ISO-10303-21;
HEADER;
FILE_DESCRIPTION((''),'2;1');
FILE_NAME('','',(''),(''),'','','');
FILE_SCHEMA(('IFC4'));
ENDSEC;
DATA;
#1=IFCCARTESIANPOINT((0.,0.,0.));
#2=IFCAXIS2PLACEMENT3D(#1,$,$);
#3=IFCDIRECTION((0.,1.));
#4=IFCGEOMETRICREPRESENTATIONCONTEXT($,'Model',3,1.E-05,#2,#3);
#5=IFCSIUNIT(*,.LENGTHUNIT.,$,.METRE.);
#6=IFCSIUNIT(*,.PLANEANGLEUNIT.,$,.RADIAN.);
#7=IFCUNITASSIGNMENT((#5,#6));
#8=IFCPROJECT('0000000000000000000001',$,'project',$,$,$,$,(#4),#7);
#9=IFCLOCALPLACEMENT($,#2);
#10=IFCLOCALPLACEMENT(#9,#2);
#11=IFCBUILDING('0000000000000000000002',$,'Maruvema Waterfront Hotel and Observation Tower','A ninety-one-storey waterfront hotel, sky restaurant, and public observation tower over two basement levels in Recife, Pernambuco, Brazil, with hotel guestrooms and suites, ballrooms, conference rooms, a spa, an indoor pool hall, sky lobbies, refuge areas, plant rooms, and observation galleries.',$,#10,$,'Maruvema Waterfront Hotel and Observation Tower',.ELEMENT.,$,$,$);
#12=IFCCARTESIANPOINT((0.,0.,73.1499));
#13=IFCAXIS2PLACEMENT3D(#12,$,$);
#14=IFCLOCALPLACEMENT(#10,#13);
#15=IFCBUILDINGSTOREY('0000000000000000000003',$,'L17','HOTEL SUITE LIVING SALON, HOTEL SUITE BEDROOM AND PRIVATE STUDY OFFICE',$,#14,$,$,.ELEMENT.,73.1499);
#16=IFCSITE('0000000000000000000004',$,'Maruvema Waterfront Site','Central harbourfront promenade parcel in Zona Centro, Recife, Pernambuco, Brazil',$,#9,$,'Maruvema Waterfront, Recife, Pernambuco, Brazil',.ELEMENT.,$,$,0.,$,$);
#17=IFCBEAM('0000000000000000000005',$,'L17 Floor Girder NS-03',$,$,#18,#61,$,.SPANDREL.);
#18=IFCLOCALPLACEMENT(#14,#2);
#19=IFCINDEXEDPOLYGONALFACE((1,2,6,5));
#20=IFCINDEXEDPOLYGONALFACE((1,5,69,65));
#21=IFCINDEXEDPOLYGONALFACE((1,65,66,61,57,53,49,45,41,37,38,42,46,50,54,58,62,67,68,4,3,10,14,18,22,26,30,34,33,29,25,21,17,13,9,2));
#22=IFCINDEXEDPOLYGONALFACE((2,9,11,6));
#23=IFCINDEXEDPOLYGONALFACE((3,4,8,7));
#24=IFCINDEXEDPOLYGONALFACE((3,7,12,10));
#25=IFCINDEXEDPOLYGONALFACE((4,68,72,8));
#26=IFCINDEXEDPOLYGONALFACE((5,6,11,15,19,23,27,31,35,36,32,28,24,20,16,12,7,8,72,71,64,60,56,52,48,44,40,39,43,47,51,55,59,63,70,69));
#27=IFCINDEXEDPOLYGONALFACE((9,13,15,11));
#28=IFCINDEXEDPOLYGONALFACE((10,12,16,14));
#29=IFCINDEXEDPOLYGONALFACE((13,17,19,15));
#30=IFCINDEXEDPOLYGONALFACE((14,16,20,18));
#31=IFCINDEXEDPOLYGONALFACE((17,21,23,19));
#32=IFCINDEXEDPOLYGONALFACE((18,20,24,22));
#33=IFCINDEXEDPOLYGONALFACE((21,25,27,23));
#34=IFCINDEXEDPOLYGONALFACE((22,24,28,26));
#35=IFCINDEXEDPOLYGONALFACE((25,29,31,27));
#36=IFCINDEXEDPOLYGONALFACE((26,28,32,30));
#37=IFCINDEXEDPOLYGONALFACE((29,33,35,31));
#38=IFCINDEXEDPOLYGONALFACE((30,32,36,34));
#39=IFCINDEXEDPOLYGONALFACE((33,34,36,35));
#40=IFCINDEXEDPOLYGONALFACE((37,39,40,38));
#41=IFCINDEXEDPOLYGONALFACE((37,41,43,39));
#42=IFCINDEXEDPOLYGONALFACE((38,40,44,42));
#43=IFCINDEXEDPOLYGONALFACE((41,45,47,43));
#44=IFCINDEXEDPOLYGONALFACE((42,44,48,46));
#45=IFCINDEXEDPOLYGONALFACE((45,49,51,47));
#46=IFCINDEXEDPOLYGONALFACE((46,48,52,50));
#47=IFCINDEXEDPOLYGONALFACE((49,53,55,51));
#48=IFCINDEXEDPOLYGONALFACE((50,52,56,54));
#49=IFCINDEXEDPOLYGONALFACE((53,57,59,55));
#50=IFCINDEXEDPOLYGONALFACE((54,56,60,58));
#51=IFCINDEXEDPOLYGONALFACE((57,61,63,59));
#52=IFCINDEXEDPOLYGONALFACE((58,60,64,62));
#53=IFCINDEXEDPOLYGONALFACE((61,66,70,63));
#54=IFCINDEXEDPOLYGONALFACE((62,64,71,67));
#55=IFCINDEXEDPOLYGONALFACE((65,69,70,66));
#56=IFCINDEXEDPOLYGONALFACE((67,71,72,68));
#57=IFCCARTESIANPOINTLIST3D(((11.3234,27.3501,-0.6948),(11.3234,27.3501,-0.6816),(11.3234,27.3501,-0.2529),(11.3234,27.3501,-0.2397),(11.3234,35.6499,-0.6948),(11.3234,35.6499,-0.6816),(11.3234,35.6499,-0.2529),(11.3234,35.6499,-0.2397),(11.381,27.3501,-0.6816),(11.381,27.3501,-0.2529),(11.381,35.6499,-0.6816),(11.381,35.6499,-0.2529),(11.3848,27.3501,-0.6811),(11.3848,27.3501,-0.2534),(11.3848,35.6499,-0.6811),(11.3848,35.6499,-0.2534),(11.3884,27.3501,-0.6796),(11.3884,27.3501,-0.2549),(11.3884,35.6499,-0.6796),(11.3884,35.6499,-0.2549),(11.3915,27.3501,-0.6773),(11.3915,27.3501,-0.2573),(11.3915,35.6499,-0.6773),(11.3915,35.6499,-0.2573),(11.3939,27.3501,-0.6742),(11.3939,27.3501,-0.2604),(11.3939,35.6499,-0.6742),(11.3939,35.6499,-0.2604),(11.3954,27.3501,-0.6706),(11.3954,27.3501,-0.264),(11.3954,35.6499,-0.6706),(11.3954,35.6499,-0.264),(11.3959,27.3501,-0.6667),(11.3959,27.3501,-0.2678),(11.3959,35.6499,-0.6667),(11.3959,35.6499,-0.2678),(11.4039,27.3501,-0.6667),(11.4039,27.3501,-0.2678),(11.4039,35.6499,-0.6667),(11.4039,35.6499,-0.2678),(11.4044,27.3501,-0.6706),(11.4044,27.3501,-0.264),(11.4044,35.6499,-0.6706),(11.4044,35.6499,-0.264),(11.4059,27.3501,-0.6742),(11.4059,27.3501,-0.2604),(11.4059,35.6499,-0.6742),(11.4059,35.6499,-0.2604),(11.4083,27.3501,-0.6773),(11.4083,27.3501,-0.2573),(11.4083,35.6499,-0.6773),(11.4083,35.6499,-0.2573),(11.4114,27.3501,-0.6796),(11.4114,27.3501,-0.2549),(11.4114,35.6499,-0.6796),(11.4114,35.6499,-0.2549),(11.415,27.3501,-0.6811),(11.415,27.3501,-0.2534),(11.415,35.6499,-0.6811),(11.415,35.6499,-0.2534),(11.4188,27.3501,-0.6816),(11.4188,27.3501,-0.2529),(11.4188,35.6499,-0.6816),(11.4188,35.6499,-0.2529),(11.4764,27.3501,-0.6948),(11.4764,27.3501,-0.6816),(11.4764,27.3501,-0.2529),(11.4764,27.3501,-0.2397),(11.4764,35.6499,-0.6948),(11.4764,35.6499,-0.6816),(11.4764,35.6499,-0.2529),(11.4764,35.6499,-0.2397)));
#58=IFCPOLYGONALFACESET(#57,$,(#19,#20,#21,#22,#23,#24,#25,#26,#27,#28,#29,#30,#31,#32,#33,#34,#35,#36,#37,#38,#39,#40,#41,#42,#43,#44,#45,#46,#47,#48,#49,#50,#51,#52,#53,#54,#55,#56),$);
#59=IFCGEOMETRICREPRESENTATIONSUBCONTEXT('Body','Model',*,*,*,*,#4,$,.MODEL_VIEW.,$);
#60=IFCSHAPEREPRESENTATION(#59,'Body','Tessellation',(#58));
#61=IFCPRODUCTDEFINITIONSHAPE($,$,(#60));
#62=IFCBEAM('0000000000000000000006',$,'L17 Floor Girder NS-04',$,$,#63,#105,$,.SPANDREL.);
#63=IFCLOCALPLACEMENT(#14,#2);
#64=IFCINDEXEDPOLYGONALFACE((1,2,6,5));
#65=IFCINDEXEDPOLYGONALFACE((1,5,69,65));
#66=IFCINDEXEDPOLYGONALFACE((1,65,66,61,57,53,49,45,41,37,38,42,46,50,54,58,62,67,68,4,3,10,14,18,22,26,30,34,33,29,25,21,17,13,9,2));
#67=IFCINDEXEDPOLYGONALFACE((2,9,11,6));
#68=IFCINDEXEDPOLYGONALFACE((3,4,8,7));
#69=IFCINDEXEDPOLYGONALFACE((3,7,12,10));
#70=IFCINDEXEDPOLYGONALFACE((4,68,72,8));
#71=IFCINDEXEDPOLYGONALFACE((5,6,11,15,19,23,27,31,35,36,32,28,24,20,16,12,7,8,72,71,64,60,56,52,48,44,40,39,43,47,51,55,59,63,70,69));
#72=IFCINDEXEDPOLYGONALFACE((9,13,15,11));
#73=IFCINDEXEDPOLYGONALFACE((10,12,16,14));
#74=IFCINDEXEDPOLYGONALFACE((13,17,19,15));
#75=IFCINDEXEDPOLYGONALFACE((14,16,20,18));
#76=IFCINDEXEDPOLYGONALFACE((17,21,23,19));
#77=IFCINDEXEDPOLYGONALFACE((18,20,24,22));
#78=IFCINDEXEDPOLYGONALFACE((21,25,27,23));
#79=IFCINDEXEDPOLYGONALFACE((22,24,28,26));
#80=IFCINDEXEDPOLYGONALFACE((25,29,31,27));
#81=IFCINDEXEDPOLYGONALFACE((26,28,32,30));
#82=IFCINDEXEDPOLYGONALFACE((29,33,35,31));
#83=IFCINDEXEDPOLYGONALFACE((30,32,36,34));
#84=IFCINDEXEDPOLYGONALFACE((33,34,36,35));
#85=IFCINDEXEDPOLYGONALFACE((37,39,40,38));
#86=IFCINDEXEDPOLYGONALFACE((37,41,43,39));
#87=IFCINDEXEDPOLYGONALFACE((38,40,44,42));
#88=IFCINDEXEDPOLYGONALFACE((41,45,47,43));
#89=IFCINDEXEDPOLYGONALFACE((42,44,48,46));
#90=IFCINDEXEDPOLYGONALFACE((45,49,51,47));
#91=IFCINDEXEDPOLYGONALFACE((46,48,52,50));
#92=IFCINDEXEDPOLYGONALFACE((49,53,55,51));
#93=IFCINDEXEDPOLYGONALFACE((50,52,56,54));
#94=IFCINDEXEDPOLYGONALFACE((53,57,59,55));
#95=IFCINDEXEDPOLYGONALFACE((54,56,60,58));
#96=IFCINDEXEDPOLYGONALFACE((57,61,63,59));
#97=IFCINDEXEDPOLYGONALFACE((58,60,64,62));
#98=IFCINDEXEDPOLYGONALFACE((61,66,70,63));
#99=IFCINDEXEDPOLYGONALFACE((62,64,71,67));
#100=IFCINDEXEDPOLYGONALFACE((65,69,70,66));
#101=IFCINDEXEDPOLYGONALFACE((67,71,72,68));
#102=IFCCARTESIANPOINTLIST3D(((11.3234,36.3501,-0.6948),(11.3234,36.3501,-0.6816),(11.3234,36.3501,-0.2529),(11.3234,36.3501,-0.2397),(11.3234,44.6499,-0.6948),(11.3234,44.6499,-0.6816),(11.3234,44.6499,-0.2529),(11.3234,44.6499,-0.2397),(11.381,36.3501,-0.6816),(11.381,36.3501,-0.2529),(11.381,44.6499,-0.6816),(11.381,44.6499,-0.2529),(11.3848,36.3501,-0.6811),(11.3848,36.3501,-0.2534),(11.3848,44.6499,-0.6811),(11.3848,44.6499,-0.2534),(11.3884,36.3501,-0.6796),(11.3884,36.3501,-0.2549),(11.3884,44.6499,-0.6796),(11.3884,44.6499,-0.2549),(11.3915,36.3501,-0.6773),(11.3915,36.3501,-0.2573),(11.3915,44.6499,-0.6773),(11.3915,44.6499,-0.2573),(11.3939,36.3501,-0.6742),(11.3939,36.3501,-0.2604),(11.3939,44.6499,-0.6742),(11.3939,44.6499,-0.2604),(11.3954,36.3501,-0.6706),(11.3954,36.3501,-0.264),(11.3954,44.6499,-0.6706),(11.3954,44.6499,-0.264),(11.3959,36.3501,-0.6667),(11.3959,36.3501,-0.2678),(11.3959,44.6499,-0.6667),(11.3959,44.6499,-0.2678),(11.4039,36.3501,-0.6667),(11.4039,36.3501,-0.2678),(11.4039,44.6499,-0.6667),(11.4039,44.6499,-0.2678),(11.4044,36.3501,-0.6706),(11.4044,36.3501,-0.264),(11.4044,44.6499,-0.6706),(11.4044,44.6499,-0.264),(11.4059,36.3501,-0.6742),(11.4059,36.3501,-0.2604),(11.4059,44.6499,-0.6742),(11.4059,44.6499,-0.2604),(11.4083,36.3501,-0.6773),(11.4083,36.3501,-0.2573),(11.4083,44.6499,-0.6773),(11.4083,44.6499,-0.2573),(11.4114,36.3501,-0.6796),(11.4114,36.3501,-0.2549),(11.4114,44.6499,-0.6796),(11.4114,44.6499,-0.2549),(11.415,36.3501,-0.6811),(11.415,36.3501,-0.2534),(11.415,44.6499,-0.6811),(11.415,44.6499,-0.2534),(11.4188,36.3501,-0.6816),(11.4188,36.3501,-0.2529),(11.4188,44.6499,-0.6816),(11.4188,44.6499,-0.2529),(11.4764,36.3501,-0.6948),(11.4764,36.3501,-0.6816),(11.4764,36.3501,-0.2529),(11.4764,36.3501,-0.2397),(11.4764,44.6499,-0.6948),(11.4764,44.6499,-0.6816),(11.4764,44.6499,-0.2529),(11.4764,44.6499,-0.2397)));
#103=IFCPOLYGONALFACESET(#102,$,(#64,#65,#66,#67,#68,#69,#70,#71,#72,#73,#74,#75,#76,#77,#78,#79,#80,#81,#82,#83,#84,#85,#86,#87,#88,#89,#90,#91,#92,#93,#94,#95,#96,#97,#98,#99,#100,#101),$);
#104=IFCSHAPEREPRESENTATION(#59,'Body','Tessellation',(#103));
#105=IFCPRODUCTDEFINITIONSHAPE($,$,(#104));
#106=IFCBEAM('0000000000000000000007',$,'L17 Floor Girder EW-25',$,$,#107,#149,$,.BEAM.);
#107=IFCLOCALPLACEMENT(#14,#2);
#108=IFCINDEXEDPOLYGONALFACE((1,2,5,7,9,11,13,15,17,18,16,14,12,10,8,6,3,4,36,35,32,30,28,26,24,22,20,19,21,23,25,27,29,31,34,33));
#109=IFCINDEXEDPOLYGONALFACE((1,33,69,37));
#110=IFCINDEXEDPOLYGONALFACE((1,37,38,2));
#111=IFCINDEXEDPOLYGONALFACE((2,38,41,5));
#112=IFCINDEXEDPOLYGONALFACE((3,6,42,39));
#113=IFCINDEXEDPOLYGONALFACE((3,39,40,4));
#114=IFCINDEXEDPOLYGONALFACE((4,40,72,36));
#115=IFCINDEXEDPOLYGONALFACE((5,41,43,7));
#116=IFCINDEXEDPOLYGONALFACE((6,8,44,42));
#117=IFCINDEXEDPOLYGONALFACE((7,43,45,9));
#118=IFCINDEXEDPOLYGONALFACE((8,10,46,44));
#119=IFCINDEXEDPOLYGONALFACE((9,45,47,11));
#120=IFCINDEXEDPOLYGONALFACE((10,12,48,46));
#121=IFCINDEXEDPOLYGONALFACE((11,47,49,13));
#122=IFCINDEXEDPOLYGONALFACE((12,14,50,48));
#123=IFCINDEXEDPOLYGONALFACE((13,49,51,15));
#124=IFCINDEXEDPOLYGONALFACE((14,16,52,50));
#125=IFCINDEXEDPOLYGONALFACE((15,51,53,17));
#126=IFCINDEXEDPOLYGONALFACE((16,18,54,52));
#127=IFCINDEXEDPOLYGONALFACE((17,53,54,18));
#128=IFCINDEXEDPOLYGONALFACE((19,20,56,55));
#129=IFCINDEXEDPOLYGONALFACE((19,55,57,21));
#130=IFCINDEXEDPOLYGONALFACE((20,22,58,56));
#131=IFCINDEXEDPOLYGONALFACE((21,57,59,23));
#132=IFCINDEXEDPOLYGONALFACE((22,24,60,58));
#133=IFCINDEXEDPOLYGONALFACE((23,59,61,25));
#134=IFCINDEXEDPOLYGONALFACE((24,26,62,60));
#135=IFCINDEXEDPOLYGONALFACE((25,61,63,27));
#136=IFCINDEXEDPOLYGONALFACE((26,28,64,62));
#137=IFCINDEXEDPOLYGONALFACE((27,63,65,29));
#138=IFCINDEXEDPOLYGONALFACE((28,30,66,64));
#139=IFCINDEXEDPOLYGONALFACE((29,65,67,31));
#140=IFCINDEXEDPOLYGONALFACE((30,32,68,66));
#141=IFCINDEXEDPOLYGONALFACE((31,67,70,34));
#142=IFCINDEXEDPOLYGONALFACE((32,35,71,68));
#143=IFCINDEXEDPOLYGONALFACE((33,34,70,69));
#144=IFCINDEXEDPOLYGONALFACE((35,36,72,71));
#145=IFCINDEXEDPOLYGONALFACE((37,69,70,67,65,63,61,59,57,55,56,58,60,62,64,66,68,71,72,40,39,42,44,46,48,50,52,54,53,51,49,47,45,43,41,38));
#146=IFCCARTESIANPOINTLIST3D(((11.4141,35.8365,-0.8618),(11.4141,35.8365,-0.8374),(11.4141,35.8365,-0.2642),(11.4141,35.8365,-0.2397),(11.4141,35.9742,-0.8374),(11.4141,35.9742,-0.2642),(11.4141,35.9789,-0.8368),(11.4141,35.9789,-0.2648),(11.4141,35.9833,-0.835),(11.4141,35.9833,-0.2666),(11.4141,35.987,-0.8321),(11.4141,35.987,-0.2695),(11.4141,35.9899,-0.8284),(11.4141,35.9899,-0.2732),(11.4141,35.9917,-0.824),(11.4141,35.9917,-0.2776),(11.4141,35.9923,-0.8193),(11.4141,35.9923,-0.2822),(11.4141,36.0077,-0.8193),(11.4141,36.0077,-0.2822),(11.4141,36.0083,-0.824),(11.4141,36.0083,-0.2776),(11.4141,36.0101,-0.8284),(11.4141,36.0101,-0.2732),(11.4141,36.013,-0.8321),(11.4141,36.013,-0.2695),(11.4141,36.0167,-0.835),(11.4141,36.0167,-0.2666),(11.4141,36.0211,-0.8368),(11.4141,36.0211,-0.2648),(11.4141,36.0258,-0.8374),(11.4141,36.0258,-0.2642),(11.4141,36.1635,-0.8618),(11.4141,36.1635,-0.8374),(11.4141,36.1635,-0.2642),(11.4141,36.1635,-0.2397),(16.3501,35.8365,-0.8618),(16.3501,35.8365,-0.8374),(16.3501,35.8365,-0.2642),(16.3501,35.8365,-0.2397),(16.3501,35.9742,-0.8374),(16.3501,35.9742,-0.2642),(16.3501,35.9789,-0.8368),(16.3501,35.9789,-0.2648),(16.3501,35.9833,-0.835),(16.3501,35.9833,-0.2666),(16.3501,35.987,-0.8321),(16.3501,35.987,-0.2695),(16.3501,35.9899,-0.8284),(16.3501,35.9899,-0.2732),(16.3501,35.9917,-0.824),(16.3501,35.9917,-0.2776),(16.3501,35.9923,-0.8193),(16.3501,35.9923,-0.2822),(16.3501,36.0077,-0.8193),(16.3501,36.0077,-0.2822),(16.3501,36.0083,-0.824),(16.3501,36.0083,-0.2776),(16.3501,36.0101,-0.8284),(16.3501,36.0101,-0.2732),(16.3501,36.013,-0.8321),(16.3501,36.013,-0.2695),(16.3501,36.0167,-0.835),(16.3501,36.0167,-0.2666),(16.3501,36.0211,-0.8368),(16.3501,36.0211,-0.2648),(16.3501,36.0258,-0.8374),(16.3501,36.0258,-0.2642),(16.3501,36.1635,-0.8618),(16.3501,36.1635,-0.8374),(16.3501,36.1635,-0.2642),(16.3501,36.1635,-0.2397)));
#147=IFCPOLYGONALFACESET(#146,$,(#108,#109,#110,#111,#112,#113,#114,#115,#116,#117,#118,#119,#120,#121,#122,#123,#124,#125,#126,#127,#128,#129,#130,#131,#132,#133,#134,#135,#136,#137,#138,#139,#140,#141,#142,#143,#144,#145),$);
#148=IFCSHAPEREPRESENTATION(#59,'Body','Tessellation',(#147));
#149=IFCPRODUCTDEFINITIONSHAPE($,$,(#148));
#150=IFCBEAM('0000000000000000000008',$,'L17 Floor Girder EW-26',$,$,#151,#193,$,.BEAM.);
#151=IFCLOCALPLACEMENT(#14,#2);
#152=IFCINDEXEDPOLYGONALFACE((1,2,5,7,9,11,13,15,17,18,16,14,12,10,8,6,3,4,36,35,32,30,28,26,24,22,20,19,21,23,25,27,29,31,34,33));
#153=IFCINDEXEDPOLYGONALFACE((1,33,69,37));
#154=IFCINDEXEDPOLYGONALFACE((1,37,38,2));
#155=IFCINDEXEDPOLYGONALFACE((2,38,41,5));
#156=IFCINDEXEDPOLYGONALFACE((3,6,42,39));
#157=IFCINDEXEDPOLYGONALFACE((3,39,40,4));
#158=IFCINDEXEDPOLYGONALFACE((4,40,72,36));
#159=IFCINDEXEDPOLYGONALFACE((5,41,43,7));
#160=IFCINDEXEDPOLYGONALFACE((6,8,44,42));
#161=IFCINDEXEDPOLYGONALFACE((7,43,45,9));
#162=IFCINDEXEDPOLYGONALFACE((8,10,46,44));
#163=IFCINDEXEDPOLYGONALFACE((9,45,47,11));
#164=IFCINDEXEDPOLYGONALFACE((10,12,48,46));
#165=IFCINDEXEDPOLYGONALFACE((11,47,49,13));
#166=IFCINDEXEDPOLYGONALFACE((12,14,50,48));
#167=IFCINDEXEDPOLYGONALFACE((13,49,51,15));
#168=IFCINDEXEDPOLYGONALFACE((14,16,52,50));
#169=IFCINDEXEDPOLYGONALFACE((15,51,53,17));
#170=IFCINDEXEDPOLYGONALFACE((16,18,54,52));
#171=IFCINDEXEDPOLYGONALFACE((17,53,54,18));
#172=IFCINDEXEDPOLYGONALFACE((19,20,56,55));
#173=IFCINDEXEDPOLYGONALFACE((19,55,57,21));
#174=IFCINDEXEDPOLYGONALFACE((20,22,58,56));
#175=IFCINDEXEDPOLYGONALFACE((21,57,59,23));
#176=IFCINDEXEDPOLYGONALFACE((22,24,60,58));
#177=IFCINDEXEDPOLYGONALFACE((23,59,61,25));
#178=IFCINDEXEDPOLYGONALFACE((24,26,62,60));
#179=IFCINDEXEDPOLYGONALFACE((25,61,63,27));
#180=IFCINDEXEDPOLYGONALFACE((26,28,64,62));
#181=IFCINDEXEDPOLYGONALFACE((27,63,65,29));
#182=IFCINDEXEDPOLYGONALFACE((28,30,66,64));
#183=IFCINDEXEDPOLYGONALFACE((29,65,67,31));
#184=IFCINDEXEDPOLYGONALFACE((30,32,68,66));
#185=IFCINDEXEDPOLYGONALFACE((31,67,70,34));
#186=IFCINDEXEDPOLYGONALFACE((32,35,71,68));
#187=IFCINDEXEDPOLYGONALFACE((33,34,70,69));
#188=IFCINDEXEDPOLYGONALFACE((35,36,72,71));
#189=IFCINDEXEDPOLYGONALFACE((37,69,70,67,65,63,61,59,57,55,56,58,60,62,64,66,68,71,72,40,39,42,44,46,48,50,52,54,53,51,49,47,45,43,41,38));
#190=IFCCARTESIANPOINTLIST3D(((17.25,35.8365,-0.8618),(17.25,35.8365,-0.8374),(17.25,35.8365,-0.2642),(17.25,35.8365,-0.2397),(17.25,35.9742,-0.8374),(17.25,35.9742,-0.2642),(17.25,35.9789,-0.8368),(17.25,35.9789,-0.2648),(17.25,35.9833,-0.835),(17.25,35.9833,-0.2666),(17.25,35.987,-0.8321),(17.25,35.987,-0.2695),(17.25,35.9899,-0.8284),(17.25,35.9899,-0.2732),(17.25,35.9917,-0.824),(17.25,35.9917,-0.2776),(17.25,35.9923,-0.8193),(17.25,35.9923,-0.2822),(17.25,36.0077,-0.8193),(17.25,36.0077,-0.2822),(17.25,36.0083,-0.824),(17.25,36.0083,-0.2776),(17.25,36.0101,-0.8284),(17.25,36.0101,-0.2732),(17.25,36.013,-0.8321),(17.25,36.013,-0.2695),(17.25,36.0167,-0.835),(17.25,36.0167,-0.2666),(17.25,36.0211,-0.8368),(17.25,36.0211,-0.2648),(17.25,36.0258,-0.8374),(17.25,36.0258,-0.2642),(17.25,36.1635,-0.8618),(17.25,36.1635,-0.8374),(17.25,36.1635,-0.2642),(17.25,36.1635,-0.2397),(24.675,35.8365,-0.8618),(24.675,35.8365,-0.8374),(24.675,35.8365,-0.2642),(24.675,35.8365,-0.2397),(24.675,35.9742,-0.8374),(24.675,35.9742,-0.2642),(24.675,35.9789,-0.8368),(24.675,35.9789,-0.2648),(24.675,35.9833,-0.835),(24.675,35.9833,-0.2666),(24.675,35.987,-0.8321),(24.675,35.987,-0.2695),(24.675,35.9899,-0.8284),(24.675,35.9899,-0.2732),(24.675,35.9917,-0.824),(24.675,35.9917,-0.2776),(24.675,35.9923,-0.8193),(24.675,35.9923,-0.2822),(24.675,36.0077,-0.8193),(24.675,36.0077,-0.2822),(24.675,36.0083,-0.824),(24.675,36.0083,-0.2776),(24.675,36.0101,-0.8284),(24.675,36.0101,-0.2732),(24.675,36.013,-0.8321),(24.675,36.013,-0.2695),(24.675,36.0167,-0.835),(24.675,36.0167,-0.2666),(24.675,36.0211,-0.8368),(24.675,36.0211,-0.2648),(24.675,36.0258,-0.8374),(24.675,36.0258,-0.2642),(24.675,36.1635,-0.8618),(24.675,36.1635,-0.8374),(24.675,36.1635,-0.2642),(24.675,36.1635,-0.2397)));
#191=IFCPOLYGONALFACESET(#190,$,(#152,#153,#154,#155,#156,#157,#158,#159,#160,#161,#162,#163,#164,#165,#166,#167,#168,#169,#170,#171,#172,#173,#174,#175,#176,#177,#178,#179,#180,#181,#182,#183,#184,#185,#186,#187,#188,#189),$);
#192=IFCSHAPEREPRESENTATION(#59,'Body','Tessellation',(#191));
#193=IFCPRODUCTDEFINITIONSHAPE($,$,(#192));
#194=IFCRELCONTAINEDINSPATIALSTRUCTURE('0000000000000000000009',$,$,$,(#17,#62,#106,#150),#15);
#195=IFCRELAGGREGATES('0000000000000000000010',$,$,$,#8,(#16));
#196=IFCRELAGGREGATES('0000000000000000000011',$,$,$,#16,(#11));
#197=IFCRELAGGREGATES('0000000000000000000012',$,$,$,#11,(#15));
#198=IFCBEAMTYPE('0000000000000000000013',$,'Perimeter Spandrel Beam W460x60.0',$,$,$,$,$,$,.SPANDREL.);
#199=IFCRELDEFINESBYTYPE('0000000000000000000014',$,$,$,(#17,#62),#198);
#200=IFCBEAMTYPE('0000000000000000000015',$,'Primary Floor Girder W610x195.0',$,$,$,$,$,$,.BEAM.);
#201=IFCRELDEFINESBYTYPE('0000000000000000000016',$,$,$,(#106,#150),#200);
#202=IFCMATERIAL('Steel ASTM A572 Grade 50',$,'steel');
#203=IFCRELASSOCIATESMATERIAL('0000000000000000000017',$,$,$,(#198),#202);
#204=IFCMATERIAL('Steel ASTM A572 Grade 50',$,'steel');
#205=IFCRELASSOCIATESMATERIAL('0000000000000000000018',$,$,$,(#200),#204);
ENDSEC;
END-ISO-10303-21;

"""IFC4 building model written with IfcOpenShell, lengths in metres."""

from ifc_helpers import new_model, si_unit, direction, frame, origin, origin_2d, place, context, subcontext, project, spatial, i_section, extrude, material, material_profile, profile_set, type_object, element, save


model = new_model("IFC4")

# Units and contexts
model_context = context("Model", 3, precision=1e-05, world=origin(), true_north=direction((0.0, 1.0)))
body_context = subcontext(model_context, "Body", "Model", "MODEL_VIEW")
ifc_project = project(units=[si_unit("LENGTHUNIT", "METRE"), si_unit("PLANEANGLEUNIT", "RADIAN")], contexts=[model_context])

# Site, building, storey
site_placement = place(None, origin())
site = spatial("IfcSite", under=ifc_project, at=site_placement, Name="Maruvema Waterfront Site", Description="Central harbourfront promenade parcel in Zona Centro, Recife, Pernambuco, Brazil", LongName="Maruvema Waterfront, Recife, Pernambuco, Brazil", CompositionType="ELEMENT", RefElevation=0.0)
building_placement = place(site_placement, origin())
building = spatial("IfcBuilding", under=site, at=building_placement, Name="Maruvema Waterfront Hotel and Observation Tower", Description="A ninety-one-storey waterfront hotel, sky restaurant, and public observation tower over two basement levels in Recife, Pernambuco, Brazil, with hotel guestrooms and suites, ballrooms, conference rooms, a spa, an indoor pool hall, sky lobbies, refuge areas, plant rooms, and observation galleries.", LongName="Maruvema Waterfront Hotel and Observation Tower", CompositionType="ELEMENT")
storey_placement = place(building_placement, frame((0.0, 0.0, 73.1499)))
storey = spatial("IfcBuildingStorey", under=building, at=storey_placement, Name="L17", Description="HOTEL SUITE LIVING SALON, HOTEL SUITE BEDROOM AND PRIVATE STUDY OFFICE", CompositionType="ELEMENT", Elevation=73.1499)

# Beams
ifc_material_1 = material(Name="Steel ASTM A572 Grade 50", Category="steel")
ifc_material_profile_1 = material_profile(ifc_material_1, i_section(OverallWidth=0.1531, OverallDepth=0.4551, WebThickness=0.0081, FlangeThickness=0.0132, FilletRadius=0.0149, at=origin_2d()), Name="W460x60.0")
ifc_profile_set_1 = profile_set([ifc_material_profile_1], Name="Steel ASTM A572 Grade 50")
beam_type_1 = type_object("IfcBeamType", Name="Perimeter Spandrel Beam W460x60.0", PredefinedType="SPANDREL", material=ifc_profile_set_1)
for number, where, z_axis, x_axis, name in (
    (1, (11.3999, 27.3501, -0.4673), (0.0, 1.0, 0.0), (-1.0, 0.0, 0.0), "L17 Floor Girder NS-03"),
    (2, (11.3999, 36.3501, -0.4673), (0.0, 1.0, 0.0), (-1.0, 0.0, 0.0), "L17 Floor Girder NS-04"),
):
    element("IfcBeam", number, at=place(storey_placement, frame(where, z_axis=z_axis, x_axis=x_axis)), inside=storey, type_object=beam_type_1, Name=name, PredefinedType="SPANDREL", context=body_context, shape_type="SweptSolid", body=[
        extrude(i_section(OverallWidth=0.1531, OverallDepth=0.4551, WebThickness=0.0081, FlangeThickness=0.0132, FilletRadius=0.0149, at=origin_2d()), origin(), (0.0, 0.0, 1.0), 8.2998),
    ])
ifc_material_2 = material(Name="Steel ASTM A572 Grade 50", Category="steel")
ifc_material_profile_2 = material_profile(ifc_material_2, i_section(OverallWidth=0.3269, OverallDepth=0.6221, WebThickness=0.0154, FlangeThickness=0.0244, FilletRadius=0.0181, at=origin_2d()), Name="W610x195.0")
ifc_profile_set_2 = profile_set([ifc_material_profile_2], Name="Steel ASTM A572 Grade 50")
beam_type_2 = type_object("IfcBeamType", Name="Primary Floor Girder W610x195.0", PredefinedType="BEAM", material=ifc_profile_set_2)
beam_1_placement = place(storey_placement, frame((11.4141, 36.0, -0.5508), z_axis=(1.0, 0.0, 0.0), x_axis=(0.0, 1.0, 0.0)))
element("IfcBeam", 3, at=beam_1_placement, inside=storey, type_object=beam_type_2, Name="L17 Floor Girder EW-25", PredefinedType="BEAM", context=body_context, shape_type="SweptSolid", body=[
    extrude(i_section(OverallWidth=0.3269, OverallDepth=0.6221, WebThickness=0.0154, FlangeThickness=0.0244, FilletRadius=0.0181, at=origin_2d()), origin(), (0.0, 0.0, 1.0), 4.936),
])
beam_2_placement = place(storey_placement, frame((17.25, 36.0, -0.5508), z_axis=(1.0, 0.0, 0.0), x_axis=(0.0, 1.0, 0.0)))
element("IfcBeam", 4, at=beam_2_placement, inside=storey, type_object=beam_type_2, Name="L17 Floor Girder EW-26", PredefinedType="BEAM", context=body_context, shape_type="SweptSolid", body=[
    extrude(i_section(OverallWidth=0.3269, OverallDepth=0.6221, WebThickness=0.0154, FlangeThickness=0.0244, FilletRadius=0.0181, at=origin_2d()), origin(), (0.0, 0.0, 1.0), 7.425),
])

save(model, "model.ifc")
